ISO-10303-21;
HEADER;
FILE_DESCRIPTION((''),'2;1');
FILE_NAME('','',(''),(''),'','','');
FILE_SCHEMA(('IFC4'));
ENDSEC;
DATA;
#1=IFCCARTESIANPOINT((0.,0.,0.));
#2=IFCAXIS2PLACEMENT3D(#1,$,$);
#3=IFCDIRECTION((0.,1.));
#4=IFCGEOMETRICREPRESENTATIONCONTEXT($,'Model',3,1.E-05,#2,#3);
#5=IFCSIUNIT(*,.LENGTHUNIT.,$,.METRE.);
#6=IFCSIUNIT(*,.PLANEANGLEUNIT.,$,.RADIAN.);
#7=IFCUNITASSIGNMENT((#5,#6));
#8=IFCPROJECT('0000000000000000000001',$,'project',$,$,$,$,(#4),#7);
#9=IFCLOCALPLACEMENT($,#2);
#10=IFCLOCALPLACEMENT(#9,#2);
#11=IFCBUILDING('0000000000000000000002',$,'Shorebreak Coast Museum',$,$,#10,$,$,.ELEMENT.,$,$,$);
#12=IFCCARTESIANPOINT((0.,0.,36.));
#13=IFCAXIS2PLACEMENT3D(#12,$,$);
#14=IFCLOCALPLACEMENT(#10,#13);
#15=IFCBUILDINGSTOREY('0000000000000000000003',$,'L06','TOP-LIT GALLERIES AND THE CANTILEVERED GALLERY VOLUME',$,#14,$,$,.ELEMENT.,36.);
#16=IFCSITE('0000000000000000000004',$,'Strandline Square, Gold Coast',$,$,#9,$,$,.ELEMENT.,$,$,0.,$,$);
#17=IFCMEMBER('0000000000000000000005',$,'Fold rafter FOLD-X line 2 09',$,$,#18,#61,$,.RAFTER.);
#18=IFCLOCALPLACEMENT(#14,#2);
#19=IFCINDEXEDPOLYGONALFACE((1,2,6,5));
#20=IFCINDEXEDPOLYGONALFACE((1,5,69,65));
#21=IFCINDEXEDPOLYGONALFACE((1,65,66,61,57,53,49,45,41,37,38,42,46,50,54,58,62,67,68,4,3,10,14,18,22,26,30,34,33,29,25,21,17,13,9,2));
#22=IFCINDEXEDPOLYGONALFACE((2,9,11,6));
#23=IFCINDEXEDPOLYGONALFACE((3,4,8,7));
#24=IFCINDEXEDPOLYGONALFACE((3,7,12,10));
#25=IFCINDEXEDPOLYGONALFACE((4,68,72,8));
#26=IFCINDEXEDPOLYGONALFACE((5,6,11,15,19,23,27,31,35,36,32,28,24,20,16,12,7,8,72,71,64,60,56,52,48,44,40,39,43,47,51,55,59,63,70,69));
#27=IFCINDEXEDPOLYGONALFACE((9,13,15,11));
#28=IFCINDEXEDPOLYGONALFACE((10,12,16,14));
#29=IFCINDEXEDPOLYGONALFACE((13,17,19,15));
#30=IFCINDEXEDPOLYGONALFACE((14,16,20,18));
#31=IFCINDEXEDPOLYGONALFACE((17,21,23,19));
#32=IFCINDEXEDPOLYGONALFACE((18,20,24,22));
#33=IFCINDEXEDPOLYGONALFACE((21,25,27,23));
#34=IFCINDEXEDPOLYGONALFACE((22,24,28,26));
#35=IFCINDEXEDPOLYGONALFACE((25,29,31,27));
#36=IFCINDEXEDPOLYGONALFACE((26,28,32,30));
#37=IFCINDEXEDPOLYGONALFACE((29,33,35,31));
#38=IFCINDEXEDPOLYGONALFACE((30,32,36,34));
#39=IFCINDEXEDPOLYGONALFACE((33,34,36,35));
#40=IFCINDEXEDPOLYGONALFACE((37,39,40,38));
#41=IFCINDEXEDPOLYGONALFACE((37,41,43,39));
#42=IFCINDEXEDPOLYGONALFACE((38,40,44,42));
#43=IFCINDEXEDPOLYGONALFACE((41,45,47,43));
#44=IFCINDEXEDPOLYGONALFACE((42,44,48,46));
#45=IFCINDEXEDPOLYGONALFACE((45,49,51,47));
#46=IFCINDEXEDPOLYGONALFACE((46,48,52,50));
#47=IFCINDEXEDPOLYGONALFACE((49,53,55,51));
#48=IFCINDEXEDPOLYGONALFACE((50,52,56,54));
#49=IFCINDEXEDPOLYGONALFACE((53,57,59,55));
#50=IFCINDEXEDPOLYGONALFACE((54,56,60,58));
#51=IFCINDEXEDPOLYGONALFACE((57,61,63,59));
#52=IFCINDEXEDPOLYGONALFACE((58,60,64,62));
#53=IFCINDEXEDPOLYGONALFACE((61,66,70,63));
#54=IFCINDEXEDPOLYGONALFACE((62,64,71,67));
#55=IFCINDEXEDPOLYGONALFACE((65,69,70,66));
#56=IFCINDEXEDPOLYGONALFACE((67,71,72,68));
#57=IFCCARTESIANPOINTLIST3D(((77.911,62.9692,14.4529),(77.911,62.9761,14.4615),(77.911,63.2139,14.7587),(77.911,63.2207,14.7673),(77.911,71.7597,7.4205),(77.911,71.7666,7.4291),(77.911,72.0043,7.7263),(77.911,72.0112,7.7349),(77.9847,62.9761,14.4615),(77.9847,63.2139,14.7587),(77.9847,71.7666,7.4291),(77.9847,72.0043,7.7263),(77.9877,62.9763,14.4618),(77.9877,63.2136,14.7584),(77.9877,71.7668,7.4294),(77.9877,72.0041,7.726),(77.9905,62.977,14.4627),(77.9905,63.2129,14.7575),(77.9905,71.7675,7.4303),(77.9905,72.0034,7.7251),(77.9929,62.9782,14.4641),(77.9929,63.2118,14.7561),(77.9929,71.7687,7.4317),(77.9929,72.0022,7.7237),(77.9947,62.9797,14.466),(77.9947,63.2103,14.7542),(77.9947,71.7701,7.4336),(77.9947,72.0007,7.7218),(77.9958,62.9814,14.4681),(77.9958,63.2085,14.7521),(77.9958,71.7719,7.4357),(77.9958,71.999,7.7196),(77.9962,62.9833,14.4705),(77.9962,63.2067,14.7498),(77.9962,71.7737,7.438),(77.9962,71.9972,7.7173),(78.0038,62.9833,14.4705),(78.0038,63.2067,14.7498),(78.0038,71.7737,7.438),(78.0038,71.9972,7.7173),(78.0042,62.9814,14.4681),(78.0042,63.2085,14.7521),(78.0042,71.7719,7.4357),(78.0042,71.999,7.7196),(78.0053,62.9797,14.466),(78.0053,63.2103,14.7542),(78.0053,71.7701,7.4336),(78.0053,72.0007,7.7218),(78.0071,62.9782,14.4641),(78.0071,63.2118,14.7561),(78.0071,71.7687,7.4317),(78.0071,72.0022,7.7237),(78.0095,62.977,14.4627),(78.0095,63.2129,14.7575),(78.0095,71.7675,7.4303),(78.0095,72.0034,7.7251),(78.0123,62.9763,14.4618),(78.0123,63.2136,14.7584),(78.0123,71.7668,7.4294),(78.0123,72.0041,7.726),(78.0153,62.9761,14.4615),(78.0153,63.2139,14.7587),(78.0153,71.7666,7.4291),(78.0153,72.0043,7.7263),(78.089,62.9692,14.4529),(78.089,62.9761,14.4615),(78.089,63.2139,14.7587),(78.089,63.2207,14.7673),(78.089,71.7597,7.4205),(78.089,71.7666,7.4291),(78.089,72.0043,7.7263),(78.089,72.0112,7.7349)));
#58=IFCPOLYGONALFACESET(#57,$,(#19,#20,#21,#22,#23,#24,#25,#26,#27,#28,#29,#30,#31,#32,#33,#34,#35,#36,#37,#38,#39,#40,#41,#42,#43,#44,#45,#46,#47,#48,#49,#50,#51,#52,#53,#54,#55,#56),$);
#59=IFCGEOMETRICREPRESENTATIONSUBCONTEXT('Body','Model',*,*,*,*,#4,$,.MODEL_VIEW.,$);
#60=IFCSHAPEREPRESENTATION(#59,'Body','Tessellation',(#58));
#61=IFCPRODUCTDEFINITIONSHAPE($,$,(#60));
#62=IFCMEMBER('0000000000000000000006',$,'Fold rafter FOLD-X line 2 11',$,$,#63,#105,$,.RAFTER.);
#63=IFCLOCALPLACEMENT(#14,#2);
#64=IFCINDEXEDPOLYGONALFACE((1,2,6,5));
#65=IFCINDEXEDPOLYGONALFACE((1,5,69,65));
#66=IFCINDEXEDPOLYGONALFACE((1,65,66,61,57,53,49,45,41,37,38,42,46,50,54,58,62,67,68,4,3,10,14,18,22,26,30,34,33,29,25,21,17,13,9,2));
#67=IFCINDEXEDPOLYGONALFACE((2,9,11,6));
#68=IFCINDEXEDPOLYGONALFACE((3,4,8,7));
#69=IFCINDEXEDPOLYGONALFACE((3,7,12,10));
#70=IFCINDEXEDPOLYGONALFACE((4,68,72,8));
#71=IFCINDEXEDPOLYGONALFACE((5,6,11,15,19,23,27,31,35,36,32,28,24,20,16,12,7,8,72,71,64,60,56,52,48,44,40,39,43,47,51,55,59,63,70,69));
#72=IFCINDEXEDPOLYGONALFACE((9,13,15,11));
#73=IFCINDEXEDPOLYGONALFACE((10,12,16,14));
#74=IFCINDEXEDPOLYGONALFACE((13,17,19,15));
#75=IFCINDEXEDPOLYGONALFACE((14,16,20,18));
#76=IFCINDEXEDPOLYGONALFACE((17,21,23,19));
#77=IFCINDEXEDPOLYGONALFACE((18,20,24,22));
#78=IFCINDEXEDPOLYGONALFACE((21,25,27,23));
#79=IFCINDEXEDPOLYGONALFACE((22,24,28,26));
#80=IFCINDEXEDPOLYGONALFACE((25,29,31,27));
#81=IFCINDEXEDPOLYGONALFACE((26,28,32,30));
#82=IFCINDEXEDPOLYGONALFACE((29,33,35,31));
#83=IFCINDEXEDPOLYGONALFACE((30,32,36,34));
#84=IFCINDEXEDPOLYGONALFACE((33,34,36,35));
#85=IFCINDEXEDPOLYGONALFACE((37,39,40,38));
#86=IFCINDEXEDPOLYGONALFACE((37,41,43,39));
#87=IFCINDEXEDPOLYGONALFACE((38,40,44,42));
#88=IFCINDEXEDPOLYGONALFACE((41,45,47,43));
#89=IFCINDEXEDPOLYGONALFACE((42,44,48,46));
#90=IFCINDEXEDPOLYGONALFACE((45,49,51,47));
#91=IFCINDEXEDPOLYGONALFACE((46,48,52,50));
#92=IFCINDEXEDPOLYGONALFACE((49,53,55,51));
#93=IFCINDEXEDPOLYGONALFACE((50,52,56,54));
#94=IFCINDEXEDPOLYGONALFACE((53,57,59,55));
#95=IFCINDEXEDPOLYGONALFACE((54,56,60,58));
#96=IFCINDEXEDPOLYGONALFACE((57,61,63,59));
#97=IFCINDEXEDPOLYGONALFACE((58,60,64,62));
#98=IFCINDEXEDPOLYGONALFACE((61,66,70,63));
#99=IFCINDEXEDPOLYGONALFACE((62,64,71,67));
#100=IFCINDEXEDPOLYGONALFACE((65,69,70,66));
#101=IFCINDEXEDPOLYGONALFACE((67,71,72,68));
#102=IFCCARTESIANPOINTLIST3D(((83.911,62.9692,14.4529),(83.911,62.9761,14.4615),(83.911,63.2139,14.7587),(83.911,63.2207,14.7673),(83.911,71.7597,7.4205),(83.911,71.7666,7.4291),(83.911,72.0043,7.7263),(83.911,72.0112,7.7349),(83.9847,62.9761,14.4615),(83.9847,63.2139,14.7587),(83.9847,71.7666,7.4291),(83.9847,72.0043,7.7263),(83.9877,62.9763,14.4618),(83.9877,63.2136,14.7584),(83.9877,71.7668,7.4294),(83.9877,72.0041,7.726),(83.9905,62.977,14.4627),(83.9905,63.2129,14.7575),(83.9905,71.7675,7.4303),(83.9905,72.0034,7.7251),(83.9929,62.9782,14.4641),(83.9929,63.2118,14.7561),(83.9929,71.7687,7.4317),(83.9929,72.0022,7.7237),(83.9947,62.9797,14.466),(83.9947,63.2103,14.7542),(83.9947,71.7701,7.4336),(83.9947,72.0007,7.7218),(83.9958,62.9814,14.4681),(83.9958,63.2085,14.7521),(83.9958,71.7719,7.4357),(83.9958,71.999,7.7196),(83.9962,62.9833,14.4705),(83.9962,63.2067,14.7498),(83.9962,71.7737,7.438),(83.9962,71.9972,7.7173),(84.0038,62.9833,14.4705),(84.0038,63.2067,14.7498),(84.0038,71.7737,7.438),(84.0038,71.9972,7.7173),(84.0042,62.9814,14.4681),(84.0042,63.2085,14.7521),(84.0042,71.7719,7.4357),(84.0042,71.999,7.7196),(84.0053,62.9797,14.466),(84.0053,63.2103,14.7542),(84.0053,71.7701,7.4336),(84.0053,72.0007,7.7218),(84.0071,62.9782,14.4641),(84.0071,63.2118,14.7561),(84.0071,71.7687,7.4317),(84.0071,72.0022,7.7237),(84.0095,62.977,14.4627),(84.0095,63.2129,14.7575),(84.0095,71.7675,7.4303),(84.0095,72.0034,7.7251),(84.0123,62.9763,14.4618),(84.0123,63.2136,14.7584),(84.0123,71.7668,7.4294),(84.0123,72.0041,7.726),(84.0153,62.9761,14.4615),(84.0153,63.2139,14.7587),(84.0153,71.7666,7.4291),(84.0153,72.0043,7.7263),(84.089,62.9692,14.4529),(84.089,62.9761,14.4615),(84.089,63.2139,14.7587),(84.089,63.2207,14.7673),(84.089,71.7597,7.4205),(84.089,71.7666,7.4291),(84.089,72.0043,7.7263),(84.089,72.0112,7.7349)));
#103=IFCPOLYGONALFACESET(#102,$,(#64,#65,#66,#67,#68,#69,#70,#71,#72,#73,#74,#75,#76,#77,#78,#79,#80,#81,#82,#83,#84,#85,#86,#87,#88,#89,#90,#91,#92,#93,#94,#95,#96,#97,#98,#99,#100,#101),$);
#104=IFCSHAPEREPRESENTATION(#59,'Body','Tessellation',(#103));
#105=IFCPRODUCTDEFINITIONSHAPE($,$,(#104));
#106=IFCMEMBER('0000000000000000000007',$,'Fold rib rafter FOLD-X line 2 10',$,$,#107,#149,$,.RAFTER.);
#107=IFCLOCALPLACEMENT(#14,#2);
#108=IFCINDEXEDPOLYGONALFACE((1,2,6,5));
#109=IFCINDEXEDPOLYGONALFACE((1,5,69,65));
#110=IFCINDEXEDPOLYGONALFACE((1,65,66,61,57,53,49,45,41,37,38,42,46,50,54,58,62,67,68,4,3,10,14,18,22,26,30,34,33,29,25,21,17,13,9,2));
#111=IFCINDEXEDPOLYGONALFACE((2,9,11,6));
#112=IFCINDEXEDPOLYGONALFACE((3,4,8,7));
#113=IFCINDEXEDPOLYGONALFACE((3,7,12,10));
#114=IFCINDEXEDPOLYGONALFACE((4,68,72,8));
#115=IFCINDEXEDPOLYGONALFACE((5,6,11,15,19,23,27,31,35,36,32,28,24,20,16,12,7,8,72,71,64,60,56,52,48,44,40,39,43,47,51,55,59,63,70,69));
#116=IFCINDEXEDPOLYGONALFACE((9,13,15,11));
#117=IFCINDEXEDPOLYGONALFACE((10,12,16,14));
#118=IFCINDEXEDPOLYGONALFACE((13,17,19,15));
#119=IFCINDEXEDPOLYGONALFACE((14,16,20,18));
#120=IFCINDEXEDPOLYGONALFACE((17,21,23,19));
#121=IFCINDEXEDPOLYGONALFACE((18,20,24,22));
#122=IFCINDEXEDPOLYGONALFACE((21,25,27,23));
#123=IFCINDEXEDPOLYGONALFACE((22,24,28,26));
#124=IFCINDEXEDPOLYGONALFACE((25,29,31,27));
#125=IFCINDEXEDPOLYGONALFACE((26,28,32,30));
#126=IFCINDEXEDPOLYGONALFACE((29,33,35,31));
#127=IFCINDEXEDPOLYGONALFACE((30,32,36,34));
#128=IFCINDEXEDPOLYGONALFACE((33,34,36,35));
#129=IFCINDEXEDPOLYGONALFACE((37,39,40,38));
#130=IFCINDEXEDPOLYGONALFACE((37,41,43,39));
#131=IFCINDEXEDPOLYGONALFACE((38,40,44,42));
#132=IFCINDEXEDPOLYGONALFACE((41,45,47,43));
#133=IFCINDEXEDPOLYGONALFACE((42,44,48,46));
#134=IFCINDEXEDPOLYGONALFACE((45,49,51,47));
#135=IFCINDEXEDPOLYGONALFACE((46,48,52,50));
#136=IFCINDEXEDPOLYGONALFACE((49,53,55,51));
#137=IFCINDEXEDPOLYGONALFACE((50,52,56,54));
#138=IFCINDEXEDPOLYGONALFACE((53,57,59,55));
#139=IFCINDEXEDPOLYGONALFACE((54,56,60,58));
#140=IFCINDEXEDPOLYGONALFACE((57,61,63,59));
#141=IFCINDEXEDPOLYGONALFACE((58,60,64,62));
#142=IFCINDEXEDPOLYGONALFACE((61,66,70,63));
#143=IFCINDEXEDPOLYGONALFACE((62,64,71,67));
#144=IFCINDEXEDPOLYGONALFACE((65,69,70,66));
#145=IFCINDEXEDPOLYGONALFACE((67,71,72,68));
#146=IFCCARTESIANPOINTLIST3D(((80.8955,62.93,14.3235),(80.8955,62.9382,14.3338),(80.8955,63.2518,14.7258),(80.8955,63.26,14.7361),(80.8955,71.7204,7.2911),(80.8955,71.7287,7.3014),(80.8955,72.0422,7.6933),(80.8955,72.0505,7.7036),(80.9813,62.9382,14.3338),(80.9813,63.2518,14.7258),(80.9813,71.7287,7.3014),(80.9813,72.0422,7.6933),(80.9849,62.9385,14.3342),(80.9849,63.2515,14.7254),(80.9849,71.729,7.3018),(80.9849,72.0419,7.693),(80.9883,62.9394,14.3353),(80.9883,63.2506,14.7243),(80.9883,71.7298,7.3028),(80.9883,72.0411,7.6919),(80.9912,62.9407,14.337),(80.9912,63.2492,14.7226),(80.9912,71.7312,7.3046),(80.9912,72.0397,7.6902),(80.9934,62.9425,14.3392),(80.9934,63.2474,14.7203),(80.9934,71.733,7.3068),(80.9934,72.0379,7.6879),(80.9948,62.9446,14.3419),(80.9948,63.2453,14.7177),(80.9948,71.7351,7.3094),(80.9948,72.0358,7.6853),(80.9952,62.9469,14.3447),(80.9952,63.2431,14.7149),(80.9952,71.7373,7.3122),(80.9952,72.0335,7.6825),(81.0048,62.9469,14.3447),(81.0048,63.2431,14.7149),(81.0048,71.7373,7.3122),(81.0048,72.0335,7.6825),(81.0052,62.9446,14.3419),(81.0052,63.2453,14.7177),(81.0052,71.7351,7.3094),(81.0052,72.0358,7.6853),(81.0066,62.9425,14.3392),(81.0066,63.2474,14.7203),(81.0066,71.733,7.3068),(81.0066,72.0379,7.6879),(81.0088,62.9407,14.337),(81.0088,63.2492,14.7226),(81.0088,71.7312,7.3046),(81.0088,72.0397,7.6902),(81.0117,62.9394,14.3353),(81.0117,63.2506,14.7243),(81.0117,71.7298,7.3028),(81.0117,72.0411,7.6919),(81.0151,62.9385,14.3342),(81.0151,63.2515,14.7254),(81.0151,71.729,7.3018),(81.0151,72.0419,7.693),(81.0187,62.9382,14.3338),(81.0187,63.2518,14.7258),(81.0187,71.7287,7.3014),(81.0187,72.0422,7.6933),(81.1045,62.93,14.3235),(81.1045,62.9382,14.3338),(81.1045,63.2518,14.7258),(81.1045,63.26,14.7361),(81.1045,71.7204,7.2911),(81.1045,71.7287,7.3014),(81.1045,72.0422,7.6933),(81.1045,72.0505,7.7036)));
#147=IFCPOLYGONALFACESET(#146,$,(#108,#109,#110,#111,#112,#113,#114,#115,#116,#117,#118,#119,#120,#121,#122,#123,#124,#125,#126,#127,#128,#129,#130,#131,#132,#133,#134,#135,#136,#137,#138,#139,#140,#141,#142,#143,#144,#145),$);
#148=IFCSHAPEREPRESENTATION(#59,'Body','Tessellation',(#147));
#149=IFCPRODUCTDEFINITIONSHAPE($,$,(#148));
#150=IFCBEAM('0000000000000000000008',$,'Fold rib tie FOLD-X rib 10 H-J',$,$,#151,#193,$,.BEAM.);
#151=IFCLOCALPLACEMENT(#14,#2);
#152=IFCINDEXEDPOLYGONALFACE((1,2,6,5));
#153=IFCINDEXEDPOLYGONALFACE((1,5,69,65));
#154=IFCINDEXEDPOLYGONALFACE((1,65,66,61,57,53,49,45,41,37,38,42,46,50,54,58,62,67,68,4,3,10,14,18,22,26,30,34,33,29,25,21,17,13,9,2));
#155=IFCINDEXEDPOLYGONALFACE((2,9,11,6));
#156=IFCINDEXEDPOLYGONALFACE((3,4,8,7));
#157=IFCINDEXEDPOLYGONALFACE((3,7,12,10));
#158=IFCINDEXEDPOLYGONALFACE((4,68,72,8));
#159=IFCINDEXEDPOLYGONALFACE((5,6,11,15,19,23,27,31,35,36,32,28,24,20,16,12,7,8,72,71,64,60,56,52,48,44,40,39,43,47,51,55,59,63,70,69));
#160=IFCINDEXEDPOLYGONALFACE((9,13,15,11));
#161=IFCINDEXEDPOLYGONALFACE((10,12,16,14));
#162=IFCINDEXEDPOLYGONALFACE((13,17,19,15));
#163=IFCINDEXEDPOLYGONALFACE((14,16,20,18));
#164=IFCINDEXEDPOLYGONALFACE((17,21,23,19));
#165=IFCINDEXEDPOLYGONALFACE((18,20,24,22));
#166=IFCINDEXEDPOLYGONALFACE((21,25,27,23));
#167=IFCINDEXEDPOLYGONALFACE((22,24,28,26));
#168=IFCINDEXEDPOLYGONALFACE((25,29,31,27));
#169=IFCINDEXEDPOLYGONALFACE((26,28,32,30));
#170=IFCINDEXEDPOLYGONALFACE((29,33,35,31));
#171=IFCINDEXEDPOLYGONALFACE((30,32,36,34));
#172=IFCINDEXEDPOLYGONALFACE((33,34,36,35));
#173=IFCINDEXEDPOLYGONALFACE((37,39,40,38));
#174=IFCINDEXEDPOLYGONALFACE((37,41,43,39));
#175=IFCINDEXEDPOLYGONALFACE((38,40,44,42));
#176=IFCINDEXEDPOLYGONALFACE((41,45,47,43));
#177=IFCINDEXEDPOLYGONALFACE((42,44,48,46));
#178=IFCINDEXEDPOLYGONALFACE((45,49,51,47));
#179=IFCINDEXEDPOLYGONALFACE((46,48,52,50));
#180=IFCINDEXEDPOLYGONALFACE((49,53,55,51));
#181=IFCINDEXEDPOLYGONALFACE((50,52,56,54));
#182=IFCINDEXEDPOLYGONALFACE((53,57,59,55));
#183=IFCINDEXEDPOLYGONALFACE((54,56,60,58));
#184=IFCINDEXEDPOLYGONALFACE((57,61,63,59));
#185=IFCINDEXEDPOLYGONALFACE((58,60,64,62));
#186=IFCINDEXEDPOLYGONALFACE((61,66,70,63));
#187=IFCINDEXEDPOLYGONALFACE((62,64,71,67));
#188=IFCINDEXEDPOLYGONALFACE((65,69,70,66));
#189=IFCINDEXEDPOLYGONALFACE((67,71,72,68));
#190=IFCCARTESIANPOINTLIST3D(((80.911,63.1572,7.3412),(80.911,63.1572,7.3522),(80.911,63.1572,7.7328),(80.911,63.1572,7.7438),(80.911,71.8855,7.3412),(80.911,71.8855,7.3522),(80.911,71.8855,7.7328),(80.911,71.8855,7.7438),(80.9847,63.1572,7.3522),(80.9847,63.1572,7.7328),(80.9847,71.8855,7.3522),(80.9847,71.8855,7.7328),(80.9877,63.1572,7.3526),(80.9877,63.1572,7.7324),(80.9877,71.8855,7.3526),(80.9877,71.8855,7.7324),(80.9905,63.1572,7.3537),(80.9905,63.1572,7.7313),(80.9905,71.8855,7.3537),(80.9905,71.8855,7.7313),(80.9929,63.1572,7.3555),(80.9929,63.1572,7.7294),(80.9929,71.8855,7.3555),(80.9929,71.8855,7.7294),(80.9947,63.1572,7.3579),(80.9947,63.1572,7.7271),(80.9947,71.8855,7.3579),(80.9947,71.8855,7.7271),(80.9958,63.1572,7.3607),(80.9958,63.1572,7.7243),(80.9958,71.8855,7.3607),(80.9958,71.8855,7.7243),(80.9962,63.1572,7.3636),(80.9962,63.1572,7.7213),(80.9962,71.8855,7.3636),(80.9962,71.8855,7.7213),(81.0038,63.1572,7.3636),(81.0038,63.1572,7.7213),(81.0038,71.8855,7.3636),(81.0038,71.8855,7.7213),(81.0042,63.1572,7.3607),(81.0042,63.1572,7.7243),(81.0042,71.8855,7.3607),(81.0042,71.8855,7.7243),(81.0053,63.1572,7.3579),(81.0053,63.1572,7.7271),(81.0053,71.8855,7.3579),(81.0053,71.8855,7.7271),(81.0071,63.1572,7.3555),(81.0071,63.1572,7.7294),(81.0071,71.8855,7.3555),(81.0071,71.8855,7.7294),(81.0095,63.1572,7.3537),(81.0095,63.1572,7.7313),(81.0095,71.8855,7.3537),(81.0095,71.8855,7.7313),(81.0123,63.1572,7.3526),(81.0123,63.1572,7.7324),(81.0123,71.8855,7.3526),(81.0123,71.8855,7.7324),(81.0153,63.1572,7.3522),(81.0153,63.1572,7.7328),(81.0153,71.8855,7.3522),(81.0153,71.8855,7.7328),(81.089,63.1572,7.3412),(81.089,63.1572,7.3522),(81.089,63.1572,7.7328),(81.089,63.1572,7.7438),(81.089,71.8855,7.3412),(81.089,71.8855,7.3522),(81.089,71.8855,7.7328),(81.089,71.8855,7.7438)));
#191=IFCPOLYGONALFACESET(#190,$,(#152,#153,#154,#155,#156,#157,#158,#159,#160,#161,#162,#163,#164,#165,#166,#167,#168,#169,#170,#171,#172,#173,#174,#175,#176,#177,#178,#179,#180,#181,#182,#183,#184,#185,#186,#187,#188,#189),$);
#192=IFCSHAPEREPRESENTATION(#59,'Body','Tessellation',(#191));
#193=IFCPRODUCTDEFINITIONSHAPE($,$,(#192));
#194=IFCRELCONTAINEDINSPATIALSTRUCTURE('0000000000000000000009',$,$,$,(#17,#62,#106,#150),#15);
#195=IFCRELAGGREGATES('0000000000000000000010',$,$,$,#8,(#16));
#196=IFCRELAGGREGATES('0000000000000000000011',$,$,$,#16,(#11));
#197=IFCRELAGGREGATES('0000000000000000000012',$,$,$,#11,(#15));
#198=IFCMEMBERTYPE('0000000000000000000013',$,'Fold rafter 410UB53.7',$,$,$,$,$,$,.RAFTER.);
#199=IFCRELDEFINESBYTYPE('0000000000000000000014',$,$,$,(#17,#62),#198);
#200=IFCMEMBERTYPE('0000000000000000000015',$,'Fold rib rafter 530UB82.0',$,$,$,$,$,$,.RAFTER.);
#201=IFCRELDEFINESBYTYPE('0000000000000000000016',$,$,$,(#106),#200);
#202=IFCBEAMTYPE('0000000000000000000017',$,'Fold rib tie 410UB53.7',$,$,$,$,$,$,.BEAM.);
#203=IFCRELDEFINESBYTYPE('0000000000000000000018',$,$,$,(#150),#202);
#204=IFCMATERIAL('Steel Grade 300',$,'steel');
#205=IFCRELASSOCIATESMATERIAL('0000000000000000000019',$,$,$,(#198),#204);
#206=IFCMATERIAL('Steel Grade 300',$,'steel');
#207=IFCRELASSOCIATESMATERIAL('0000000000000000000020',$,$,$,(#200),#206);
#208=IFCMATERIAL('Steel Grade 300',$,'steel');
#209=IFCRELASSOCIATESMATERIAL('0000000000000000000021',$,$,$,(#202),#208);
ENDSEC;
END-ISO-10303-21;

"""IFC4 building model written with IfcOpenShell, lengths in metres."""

from ifc_helpers import new_model, si_unit, direction, frame, origin, origin_2d, place, context, subcontext, project, spatial, i_section, extrude, material, material_profile, profile_set, type_object, element, save


model = new_model("IFC4")

# Units and contexts
model_context = context("Model", 3, precision=1e-05, world=origin(), true_north=direction((0.0, 1.0)))
body_context = subcontext(model_context, "Body", "Model", "MODEL_VIEW")
ifc_project = project(units=[si_unit("LENGTHUNIT", "METRE"), si_unit("PLANEANGLEUNIT", "RADIAN")], contexts=[model_context])

# Site, building, storey
site_placement = place(None, origin())
site = spatial("IfcSite", under=ifc_project, at=site_placement, Name="Strandline Square, Gold Coast", CompositionType="ELEMENT", RefElevation=0.0)
building_placement = place(site_placement, origin())
building = spatial("IfcBuilding", under=site, at=building_placement, Name="Shorebreak Coast Museum", CompositionType="ELEMENT")
storey_placement = place(building_placement, frame((0.0, 0.0, 36.0)))
storey = spatial("IfcBuildingStorey", under=building, at=storey_placement, Name="L06", Description="TOP-LIT GALLERIES AND THE CANTILEVERED GALLERY VOLUME", CompositionType="ELEMENT", Elevation=36.0)

# Members
ifc_material_1 = material(Name="Steel Grade 300", Category="steel")
ifc_material_profile_1 = material_profile(ifc_material_1, i_section(OverallWidth=0.178, OverallDepth=0.4026, WebThickness=0.0076, FlangeThickness=0.011, FilletRadius=0.0115, at=origin_2d()), Name="410UB53.7")
ifc_profile_set_1 = profile_set([ifc_material_profile_1], Name="Steel Grade 300")
member_type_1 = type_object("IfcMemberType", Name="Fold rafter 410UB53.7", PredefinedType="RAFTER", material=ifc_profile_set_1)
for number, where, z_axis, x_axis, name in (
    (1, (78.0, 63.095, 14.6101), (0.0, 0.780867, -0.624698), (-1.0, 0.0, 0.0), "Fold rafter FOLD-X line 2 09"),
    (2, (84.0, 63.095, 14.6101), (0.0, 0.780867, -0.624698), (-1.0, 0.0, 0.0), "Fold rafter FOLD-X line 2 11"),
):
    element("IfcMember", number, at=place(storey_placement, frame(where, z_axis=z_axis, x_axis=x_axis)), inside=storey, type_object=member_type_1, Name=name, PredefinedType="RAFTER", context=body_context, shape_type="SweptSolid", body=[
        extrude(i_section(OverallWidth=0.178, OverallDepth=0.4026, WebThickness=0.0076, FlangeThickness=0.011, FilletRadius=0.0115, at=origin_2d()), origin(), (0.0, 0.0, 1.0), 11.2573),
    ])
ifc_material_2 = material(Name="Steel Grade 300", Category="steel")
ifc_material_profile_2 = material_profile(ifc_material_2, i_section(OverallWidth=0.209, OverallDepth=0.5283, WebThickness=0.0095, FlangeThickness=0.0132, FilletRadius=0.0139, at=origin_2d()), Name="530UB82.0")
ifc_profile_set_2 = profile_set([ifc_material_profile_2], Name="Steel Grade 300")
member_type_2 = type_object("IfcMemberType", Name="Fold rib rafter 530UB82.0", PredefinedType="RAFTER", material=ifc_profile_set_2)
member_1_placement = place(storey_placement, frame((81.0, 63.095, 14.5298), z_axis=(0.0, 0.780867, -0.624698), x_axis=(-1.0, 0.0, 0.0)))
element("IfcMember", 3, at=member_1_placement, inside=storey, type_object=member_type_2, Name="Fold rib rafter FOLD-X line 2 10", PredefinedType="RAFTER", context=body_context, shape_type="SweptSolid", body=[
    extrude(i_section(OverallWidth=0.209, OverallDepth=0.5283, WebThickness=0.0095, FlangeThickness=0.0132, FilletRadius=0.0139, at=origin_2d()), origin(), (0.0, 0.0, 1.0), 11.2573),
])

# Beam
ifc_material_3 = material(Name="Steel Grade 300", Category="steel")
ifc_material_profile_3 = material_profile(ifc_material_3, i_section(OverallWidth=0.178, OverallDepth=0.4026, WebThickness=0.0076, FlangeThickness=0.011, FilletRadius=0.0115, at=origin_2d()), Name="410UB53.7")
ifc_profile_set_3 = profile_set([ifc_material_profile_3], Name="Steel Grade 300")
beam_type_1 = type_object("IfcBeamType", Name="Fold rib tie 410UB53.7", PredefinedType="BEAM", material=ifc_profile_set_3)
beam_1_placement = place(storey_placement, frame((81.0, 63.1572, 7.5425), z_axis=(0.0, 1.0, 0.0), x_axis=(-1.0, 0.0, 0.0)))
element("IfcBeam", 4, at=beam_1_placement, inside=storey, type_object=beam_type_1, Name="Fold rib tie FOLD-X rib 10 H-J", PredefinedType="BEAM", context=body_context, shape_type="SweptSolid", body=[
    extrude(i_section(OverallWidth=0.178, OverallDepth=0.4026, WebThickness=0.0076, FlangeThickness=0.011, FilletRadius=0.0115, at=origin_2d()), origin(), (0.0, 0.0, 1.0), 8.7283),
])

save(model, "model.ifc")
